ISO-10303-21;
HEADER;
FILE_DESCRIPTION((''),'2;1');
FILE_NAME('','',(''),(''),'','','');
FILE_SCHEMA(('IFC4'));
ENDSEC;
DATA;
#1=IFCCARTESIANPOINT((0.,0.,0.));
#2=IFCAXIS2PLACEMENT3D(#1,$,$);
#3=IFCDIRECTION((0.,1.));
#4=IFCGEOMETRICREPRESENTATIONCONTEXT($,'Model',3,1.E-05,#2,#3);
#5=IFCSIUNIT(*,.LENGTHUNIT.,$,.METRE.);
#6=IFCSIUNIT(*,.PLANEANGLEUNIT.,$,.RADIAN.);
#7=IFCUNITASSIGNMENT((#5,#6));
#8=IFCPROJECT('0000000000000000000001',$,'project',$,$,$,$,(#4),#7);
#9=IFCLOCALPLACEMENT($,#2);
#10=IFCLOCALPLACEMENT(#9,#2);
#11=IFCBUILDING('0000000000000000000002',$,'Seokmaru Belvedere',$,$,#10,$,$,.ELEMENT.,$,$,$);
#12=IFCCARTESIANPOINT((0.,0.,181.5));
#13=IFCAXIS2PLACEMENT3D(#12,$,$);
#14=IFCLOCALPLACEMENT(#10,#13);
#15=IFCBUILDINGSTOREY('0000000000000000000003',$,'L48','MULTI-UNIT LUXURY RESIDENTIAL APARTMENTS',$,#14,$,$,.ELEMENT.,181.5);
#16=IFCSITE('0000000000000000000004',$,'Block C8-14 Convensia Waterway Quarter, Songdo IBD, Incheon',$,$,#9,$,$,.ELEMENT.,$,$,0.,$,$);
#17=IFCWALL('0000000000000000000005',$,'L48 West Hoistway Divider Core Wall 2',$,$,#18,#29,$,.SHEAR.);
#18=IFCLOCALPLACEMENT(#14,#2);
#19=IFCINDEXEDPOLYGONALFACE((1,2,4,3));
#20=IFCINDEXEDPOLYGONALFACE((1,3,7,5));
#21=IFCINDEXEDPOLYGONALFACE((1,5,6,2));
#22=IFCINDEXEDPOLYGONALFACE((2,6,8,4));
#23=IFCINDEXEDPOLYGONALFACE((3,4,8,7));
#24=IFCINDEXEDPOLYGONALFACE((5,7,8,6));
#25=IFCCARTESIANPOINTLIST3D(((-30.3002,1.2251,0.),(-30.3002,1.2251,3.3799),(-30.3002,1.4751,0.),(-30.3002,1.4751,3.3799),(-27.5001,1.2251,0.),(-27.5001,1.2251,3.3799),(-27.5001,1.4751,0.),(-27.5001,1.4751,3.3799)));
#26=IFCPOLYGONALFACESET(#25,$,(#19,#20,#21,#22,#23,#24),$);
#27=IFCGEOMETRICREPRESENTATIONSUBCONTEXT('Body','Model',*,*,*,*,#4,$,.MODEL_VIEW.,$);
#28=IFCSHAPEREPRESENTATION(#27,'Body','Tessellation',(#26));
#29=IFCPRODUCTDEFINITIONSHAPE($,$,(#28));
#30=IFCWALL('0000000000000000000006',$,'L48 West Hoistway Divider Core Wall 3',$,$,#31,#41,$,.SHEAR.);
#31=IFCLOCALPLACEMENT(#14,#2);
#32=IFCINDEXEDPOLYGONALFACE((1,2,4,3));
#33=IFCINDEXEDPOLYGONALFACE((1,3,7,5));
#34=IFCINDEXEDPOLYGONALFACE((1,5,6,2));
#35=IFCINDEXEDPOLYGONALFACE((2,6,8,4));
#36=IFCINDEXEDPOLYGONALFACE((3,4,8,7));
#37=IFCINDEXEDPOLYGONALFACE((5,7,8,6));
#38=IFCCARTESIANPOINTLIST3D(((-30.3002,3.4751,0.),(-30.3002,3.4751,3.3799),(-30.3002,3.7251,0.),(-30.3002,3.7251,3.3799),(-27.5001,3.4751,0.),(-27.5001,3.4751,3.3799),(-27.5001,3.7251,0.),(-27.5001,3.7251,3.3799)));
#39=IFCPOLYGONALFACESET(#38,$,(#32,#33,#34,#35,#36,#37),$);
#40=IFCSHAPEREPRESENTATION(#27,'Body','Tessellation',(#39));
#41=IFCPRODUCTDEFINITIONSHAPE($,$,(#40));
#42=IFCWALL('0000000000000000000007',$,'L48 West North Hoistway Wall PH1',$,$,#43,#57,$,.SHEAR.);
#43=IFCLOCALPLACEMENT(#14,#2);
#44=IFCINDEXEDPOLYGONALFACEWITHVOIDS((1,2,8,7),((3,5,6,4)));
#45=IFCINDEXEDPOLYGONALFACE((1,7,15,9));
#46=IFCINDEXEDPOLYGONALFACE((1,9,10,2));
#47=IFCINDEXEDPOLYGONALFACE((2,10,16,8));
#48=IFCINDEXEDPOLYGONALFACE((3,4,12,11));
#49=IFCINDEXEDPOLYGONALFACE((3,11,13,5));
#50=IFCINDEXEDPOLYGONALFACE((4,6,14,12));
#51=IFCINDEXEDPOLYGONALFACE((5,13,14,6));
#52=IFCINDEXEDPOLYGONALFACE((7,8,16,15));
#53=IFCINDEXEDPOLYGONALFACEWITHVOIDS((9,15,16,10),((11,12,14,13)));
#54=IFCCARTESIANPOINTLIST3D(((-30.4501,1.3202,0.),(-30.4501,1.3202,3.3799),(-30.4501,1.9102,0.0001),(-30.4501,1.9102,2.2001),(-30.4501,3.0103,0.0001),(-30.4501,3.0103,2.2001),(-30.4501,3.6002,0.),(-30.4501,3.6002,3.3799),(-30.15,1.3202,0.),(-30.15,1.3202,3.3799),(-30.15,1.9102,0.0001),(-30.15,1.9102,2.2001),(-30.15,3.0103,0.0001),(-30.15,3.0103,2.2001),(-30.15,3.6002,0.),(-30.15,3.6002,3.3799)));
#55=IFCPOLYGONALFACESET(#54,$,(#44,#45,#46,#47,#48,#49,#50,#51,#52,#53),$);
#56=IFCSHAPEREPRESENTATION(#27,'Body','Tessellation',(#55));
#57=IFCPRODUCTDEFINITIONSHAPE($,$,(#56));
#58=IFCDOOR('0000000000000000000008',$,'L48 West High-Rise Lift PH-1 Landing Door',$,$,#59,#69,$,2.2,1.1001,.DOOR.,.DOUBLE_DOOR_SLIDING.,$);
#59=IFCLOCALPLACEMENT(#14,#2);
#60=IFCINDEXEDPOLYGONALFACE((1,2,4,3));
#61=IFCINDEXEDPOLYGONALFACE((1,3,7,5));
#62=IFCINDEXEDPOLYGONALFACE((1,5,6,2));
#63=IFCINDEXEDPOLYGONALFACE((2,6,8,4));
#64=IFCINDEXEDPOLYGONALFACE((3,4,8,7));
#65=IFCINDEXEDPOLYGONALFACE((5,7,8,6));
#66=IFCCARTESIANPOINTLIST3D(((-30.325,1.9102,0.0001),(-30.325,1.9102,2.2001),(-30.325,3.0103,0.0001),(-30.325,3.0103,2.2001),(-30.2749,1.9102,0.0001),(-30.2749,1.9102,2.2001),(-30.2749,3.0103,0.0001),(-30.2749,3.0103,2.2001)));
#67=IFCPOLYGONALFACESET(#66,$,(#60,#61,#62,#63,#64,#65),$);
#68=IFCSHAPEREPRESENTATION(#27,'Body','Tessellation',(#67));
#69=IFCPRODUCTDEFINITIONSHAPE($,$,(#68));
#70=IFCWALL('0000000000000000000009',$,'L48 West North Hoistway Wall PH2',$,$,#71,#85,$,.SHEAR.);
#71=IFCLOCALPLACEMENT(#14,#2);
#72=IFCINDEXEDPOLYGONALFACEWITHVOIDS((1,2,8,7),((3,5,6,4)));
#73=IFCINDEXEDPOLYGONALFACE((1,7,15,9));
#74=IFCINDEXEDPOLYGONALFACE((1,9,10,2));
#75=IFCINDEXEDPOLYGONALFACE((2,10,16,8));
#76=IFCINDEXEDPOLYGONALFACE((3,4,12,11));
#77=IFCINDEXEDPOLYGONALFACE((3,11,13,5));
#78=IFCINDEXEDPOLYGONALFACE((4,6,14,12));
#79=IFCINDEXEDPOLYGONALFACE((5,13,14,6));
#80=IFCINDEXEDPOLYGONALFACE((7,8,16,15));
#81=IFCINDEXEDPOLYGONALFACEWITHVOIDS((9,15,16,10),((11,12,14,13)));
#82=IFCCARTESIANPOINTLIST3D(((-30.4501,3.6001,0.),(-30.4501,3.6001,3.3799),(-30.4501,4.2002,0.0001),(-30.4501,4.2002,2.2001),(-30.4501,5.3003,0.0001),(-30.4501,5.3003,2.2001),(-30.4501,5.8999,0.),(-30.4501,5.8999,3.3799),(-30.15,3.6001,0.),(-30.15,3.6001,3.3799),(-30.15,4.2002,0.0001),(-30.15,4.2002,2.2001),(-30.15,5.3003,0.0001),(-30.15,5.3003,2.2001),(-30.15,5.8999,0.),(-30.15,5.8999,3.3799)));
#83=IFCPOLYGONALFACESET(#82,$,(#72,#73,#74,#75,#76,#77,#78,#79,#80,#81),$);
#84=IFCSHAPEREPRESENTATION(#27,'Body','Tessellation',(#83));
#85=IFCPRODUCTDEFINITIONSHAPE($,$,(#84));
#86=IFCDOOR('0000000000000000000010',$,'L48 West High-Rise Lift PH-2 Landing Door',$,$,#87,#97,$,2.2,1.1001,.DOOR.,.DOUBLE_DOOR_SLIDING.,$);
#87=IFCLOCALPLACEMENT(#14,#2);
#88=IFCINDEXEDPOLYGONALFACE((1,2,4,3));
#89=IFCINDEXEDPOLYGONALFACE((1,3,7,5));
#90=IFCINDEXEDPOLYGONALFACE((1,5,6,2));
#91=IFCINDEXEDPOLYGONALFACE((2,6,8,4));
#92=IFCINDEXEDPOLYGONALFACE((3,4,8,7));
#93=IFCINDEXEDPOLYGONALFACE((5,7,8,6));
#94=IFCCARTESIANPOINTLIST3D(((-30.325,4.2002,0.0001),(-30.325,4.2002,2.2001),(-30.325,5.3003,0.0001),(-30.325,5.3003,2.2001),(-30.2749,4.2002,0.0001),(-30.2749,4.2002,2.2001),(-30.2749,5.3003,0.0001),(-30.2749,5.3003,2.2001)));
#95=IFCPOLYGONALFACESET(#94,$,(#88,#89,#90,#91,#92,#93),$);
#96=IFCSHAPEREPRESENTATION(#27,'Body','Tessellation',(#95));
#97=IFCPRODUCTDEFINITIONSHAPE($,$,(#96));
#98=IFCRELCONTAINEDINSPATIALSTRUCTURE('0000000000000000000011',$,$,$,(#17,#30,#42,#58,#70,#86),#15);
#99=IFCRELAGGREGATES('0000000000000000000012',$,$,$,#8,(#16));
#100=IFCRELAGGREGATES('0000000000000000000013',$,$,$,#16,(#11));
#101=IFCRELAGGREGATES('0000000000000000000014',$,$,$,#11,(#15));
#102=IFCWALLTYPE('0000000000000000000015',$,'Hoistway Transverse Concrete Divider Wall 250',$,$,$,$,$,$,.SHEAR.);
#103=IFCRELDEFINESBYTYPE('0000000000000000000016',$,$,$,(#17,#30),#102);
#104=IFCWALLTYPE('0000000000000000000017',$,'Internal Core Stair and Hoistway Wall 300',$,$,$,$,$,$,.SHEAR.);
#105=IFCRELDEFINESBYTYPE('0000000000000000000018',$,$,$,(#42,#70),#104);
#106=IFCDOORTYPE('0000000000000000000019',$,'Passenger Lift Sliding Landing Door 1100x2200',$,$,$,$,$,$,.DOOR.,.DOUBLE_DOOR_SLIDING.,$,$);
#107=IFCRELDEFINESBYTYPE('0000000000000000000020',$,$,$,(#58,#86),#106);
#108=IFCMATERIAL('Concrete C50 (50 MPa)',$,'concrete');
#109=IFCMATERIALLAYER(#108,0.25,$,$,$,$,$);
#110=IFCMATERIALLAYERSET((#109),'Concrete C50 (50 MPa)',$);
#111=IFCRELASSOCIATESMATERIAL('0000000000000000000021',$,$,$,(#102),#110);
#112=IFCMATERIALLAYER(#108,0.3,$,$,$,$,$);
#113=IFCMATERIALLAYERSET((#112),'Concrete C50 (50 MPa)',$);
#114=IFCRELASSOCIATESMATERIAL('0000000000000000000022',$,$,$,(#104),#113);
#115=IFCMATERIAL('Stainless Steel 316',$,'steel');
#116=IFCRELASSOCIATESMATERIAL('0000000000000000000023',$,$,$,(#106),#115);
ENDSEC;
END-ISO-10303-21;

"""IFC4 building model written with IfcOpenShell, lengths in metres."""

from ifc_helpers import new_model, si_unit, direction, frame, frame_2d, origin, place, context, subcontext, project, spatial, rectangle, extrude, source, transform, mapped, material, layer, layer_set, type_object, type_shapes, element, fill, save


model = new_model("IFC4")

# Units and contexts
model_context = context("Model", 3, precision=1e-05, world=origin(), true_north=direction((0.0, 1.0)))
body_context = subcontext(model_context, "Body", "Model", "MODEL_VIEW")
ifc_project = project(units=[si_unit("LENGTHUNIT", "METRE"), si_unit("PLANEANGLEUNIT", "RADIAN")], contexts=[model_context])

# Site, building, storey
site_placement = place(None, origin())
site = spatial("IfcSite", under=ifc_project, at=site_placement, Name="Block C8-14 Convensia Waterway Quarter, Songdo IBD, Incheon", CompositionType="ELEMENT", RefElevation=0.0)
building_placement = place(site_placement, origin())
building = spatial("IfcBuilding", under=site, at=building_placement, Name="Seokmaru Belvedere", CompositionType="ELEMENT")
storey_placement = place(building_placement, frame((0.0, 0.0, 181.5)))
storey = spatial("IfcBuildingStorey", under=building, at=storey_placement, Name="L48", Description="MULTI-UNIT LUXURY RESIDENTIAL APARTMENTS", CompositionType="ELEMENT", Elevation=181.5)

# Walls
ifc_material_1 = material(Name="Concrete C50 (50 MPa)", Category="concrete")
ifc_layer_1 = layer(ifc_material_1, 0.25)
ifc_layer_set_1 = layer_set([ifc_layer_1], Name="Concrete C50 (50 MPa)")
wall_type_1 = type_object("IfcWallType", Name="Hoistway Transverse Concrete Divider Wall 250", PredefinedType="SHEAR", material=ifc_layer_set_1)
for number, where, z_axis, x_axis, name in (
    (1, (-30.3, 1.3501, 0.0), (0.0, 0.0, 1.0), (1.0, 0.0, 0.0), "L48 West Hoistway Divider Core Wall 2"),
    (2, (-30.3, 3.6001, 0.0), (0.0, 0.0, 1.0), (1.0, 0.0, 0.0), "L48 West Hoistway Divider Core Wall 3"),
):
    element("IfcWall", number, at=place(storey_placement, frame(where, z_axis=z_axis, x_axis=x_axis)), inside=storey, type_object=wall_type_1, Name=name, PredefinedType="SHEAR", context=body_context, shape_type="SweptSolid", body=[
        extrude(rectangle(XDim=2.8, YDim=0.25, at=frame_2d((1.3999, 0.0))), origin(), (0.0, 0.0, 1.0), 3.3799),
    ])

# Walls, openings, doors
ifc_layer_2 = layer(ifc_material_1, 0.3)
ifc_layer_set_2 = layer_set([ifc_layer_2], Name="Concrete C50 (50 MPa)")
wall_type_2 = type_object("IfcWallType", Name="Internal Core Stair and Hoistway Wall 300", PredefinedType="SHEAR", material=ifc_layer_set_2)
wall_1_placement = place(storey_placement, frame((-30.3, 1.3201, 0.0), z_axis=(0.0, 0.0, 1.0), x_axis=(0.0, 1.0, 0.0)))
wall_1 = element("IfcWall", 3, at=wall_1_placement, inside=storey, type_object=wall_type_2, Name="L48 West North Hoistway Wall PH1", PredefinedType="SHEAR", context=body_context, shape_type="SweptSolid", body=[
    extrude(rectangle(XDim=2.28, YDim=0.3, at=frame_2d((1.1401, 0.0))), origin(), (0.0, 0.0, 1.0), 3.3799),
])
opening_1_placement = place(wall_1_placement, frame((0.5901, 0.0, 0.0)))
opening_1 = element("IfcOpeningElement", 4, at=opening_1_placement, cuts=wall_1, PredefinedType="OPENING", context=body_context, shape_type="SweptSolid", body=[
    extrude(rectangle(XDim=1.1001, YDim=2.2, at=frame_2d((0.55, 1.1001))), frame((0.0, 0.1602, 0.0), z_axis=(0.0, -1.0, 0.0), x_axis=(1.0, 0.0, 0.0)), (0.0, 0.0, 1.0), 0.3201),
])
ifc_material_2 = material(Name="Stainless Steel 316", Category="steel")
door_type_1 = type_object("IfcDoorType", Name="Passenger Lift Sliding Landing Door 1100x2200", OperationType="DOUBLE_DOOR_SLIDING", PredefinedType="DOOR", material=ifc_material_2)
shared_shape_1 = source(origin(), body_context, "Body", "SweptSolid", [
    extrude(rectangle(XDim=1.1001, YDim=2.2, at=frame_2d((0.55, 1.1001))), frame((0.0, 0.0249, 0.0), z_axis=(0.0, -1.0, 0.0), x_axis=(1.0, 0.0, 0.0)), (0.0, 0.0, 1.0), 0.05),
])
type_shapes(door_type_1, [shared_shape_1])
door_1_placement = place(opening_1_placement, origin())
door_1 = element("IfcDoor", 5, at=door_1_placement, inside=storey, type_object=door_type_1, Name="L48 West High-Rise Lift PH-1 Landing Door", OperationType="DOUBLE_DOOR_SLIDING", OverallHeight=2.2, OverallWidth=1.1001, PredefinedType="DOOR", context=body_context, shape_type="MappedRepresentation", body=[
    mapped(shared_shape_1, transform((0.0, 0.0, 0.0), scale=1.0)),
])
fill(opening_1, door_1)
wall_2_placement = place(storey_placement, frame((-30.3, 3.6001, 0.0), z_axis=(0.0, 0.0, 1.0), x_axis=(0.0, 1.0, 0.0)))
wall_2 = element("IfcWall", 6, at=wall_2_placement, inside=storey, type_object=wall_type_2, Name="L48 West North Hoistway Wall PH2", PredefinedType="SHEAR", context=body_context, shape_type="SweptSolid", body=[
    extrude(rectangle(XDim=2.2998, YDim=0.3, at=frame_2d((1.1499, 0.0))), origin(), (0.0, 0.0, 1.0), 3.3799),
])
opening_2_placement = place(wall_2_placement, frame((0.6001, 0.0, 0.0)))
opening_2 = element("IfcOpeningElement", 7, at=opening_2_placement, cuts=wall_2, PredefinedType="OPENING", context=body_context, shape_type="SweptSolid", body=[
    extrude(rectangle(XDim=1.1001, YDim=2.2, at=frame_2d((0.55, 1.1001))), frame((0.0, 0.1602, 0.0), z_axis=(0.0, -1.0, 0.0), x_axis=(1.0, 0.0, 0.0)), (0.0, 0.0, 1.0), 0.3201),
])
door_2_placement = place(opening_2_placement, origin())
door_2 = element("IfcDoor", 8, at=door_2_placement, inside=storey, type_object=door_type_1, Name="L48 West High-Rise Lift PH-2 Landing Door", OperationType="DOUBLE_DOOR_SLIDING", OverallHeight=2.2, OverallWidth=1.1001, PredefinedType="DOOR", context=body_context, shape_type="MappedRepresentation", body=[
    mapped(shared_shape_1, transform((0.0, 0.0, 0.0), scale=1.0)),
])
fill(opening_2, door_2)

save(model, "model.ifc")
